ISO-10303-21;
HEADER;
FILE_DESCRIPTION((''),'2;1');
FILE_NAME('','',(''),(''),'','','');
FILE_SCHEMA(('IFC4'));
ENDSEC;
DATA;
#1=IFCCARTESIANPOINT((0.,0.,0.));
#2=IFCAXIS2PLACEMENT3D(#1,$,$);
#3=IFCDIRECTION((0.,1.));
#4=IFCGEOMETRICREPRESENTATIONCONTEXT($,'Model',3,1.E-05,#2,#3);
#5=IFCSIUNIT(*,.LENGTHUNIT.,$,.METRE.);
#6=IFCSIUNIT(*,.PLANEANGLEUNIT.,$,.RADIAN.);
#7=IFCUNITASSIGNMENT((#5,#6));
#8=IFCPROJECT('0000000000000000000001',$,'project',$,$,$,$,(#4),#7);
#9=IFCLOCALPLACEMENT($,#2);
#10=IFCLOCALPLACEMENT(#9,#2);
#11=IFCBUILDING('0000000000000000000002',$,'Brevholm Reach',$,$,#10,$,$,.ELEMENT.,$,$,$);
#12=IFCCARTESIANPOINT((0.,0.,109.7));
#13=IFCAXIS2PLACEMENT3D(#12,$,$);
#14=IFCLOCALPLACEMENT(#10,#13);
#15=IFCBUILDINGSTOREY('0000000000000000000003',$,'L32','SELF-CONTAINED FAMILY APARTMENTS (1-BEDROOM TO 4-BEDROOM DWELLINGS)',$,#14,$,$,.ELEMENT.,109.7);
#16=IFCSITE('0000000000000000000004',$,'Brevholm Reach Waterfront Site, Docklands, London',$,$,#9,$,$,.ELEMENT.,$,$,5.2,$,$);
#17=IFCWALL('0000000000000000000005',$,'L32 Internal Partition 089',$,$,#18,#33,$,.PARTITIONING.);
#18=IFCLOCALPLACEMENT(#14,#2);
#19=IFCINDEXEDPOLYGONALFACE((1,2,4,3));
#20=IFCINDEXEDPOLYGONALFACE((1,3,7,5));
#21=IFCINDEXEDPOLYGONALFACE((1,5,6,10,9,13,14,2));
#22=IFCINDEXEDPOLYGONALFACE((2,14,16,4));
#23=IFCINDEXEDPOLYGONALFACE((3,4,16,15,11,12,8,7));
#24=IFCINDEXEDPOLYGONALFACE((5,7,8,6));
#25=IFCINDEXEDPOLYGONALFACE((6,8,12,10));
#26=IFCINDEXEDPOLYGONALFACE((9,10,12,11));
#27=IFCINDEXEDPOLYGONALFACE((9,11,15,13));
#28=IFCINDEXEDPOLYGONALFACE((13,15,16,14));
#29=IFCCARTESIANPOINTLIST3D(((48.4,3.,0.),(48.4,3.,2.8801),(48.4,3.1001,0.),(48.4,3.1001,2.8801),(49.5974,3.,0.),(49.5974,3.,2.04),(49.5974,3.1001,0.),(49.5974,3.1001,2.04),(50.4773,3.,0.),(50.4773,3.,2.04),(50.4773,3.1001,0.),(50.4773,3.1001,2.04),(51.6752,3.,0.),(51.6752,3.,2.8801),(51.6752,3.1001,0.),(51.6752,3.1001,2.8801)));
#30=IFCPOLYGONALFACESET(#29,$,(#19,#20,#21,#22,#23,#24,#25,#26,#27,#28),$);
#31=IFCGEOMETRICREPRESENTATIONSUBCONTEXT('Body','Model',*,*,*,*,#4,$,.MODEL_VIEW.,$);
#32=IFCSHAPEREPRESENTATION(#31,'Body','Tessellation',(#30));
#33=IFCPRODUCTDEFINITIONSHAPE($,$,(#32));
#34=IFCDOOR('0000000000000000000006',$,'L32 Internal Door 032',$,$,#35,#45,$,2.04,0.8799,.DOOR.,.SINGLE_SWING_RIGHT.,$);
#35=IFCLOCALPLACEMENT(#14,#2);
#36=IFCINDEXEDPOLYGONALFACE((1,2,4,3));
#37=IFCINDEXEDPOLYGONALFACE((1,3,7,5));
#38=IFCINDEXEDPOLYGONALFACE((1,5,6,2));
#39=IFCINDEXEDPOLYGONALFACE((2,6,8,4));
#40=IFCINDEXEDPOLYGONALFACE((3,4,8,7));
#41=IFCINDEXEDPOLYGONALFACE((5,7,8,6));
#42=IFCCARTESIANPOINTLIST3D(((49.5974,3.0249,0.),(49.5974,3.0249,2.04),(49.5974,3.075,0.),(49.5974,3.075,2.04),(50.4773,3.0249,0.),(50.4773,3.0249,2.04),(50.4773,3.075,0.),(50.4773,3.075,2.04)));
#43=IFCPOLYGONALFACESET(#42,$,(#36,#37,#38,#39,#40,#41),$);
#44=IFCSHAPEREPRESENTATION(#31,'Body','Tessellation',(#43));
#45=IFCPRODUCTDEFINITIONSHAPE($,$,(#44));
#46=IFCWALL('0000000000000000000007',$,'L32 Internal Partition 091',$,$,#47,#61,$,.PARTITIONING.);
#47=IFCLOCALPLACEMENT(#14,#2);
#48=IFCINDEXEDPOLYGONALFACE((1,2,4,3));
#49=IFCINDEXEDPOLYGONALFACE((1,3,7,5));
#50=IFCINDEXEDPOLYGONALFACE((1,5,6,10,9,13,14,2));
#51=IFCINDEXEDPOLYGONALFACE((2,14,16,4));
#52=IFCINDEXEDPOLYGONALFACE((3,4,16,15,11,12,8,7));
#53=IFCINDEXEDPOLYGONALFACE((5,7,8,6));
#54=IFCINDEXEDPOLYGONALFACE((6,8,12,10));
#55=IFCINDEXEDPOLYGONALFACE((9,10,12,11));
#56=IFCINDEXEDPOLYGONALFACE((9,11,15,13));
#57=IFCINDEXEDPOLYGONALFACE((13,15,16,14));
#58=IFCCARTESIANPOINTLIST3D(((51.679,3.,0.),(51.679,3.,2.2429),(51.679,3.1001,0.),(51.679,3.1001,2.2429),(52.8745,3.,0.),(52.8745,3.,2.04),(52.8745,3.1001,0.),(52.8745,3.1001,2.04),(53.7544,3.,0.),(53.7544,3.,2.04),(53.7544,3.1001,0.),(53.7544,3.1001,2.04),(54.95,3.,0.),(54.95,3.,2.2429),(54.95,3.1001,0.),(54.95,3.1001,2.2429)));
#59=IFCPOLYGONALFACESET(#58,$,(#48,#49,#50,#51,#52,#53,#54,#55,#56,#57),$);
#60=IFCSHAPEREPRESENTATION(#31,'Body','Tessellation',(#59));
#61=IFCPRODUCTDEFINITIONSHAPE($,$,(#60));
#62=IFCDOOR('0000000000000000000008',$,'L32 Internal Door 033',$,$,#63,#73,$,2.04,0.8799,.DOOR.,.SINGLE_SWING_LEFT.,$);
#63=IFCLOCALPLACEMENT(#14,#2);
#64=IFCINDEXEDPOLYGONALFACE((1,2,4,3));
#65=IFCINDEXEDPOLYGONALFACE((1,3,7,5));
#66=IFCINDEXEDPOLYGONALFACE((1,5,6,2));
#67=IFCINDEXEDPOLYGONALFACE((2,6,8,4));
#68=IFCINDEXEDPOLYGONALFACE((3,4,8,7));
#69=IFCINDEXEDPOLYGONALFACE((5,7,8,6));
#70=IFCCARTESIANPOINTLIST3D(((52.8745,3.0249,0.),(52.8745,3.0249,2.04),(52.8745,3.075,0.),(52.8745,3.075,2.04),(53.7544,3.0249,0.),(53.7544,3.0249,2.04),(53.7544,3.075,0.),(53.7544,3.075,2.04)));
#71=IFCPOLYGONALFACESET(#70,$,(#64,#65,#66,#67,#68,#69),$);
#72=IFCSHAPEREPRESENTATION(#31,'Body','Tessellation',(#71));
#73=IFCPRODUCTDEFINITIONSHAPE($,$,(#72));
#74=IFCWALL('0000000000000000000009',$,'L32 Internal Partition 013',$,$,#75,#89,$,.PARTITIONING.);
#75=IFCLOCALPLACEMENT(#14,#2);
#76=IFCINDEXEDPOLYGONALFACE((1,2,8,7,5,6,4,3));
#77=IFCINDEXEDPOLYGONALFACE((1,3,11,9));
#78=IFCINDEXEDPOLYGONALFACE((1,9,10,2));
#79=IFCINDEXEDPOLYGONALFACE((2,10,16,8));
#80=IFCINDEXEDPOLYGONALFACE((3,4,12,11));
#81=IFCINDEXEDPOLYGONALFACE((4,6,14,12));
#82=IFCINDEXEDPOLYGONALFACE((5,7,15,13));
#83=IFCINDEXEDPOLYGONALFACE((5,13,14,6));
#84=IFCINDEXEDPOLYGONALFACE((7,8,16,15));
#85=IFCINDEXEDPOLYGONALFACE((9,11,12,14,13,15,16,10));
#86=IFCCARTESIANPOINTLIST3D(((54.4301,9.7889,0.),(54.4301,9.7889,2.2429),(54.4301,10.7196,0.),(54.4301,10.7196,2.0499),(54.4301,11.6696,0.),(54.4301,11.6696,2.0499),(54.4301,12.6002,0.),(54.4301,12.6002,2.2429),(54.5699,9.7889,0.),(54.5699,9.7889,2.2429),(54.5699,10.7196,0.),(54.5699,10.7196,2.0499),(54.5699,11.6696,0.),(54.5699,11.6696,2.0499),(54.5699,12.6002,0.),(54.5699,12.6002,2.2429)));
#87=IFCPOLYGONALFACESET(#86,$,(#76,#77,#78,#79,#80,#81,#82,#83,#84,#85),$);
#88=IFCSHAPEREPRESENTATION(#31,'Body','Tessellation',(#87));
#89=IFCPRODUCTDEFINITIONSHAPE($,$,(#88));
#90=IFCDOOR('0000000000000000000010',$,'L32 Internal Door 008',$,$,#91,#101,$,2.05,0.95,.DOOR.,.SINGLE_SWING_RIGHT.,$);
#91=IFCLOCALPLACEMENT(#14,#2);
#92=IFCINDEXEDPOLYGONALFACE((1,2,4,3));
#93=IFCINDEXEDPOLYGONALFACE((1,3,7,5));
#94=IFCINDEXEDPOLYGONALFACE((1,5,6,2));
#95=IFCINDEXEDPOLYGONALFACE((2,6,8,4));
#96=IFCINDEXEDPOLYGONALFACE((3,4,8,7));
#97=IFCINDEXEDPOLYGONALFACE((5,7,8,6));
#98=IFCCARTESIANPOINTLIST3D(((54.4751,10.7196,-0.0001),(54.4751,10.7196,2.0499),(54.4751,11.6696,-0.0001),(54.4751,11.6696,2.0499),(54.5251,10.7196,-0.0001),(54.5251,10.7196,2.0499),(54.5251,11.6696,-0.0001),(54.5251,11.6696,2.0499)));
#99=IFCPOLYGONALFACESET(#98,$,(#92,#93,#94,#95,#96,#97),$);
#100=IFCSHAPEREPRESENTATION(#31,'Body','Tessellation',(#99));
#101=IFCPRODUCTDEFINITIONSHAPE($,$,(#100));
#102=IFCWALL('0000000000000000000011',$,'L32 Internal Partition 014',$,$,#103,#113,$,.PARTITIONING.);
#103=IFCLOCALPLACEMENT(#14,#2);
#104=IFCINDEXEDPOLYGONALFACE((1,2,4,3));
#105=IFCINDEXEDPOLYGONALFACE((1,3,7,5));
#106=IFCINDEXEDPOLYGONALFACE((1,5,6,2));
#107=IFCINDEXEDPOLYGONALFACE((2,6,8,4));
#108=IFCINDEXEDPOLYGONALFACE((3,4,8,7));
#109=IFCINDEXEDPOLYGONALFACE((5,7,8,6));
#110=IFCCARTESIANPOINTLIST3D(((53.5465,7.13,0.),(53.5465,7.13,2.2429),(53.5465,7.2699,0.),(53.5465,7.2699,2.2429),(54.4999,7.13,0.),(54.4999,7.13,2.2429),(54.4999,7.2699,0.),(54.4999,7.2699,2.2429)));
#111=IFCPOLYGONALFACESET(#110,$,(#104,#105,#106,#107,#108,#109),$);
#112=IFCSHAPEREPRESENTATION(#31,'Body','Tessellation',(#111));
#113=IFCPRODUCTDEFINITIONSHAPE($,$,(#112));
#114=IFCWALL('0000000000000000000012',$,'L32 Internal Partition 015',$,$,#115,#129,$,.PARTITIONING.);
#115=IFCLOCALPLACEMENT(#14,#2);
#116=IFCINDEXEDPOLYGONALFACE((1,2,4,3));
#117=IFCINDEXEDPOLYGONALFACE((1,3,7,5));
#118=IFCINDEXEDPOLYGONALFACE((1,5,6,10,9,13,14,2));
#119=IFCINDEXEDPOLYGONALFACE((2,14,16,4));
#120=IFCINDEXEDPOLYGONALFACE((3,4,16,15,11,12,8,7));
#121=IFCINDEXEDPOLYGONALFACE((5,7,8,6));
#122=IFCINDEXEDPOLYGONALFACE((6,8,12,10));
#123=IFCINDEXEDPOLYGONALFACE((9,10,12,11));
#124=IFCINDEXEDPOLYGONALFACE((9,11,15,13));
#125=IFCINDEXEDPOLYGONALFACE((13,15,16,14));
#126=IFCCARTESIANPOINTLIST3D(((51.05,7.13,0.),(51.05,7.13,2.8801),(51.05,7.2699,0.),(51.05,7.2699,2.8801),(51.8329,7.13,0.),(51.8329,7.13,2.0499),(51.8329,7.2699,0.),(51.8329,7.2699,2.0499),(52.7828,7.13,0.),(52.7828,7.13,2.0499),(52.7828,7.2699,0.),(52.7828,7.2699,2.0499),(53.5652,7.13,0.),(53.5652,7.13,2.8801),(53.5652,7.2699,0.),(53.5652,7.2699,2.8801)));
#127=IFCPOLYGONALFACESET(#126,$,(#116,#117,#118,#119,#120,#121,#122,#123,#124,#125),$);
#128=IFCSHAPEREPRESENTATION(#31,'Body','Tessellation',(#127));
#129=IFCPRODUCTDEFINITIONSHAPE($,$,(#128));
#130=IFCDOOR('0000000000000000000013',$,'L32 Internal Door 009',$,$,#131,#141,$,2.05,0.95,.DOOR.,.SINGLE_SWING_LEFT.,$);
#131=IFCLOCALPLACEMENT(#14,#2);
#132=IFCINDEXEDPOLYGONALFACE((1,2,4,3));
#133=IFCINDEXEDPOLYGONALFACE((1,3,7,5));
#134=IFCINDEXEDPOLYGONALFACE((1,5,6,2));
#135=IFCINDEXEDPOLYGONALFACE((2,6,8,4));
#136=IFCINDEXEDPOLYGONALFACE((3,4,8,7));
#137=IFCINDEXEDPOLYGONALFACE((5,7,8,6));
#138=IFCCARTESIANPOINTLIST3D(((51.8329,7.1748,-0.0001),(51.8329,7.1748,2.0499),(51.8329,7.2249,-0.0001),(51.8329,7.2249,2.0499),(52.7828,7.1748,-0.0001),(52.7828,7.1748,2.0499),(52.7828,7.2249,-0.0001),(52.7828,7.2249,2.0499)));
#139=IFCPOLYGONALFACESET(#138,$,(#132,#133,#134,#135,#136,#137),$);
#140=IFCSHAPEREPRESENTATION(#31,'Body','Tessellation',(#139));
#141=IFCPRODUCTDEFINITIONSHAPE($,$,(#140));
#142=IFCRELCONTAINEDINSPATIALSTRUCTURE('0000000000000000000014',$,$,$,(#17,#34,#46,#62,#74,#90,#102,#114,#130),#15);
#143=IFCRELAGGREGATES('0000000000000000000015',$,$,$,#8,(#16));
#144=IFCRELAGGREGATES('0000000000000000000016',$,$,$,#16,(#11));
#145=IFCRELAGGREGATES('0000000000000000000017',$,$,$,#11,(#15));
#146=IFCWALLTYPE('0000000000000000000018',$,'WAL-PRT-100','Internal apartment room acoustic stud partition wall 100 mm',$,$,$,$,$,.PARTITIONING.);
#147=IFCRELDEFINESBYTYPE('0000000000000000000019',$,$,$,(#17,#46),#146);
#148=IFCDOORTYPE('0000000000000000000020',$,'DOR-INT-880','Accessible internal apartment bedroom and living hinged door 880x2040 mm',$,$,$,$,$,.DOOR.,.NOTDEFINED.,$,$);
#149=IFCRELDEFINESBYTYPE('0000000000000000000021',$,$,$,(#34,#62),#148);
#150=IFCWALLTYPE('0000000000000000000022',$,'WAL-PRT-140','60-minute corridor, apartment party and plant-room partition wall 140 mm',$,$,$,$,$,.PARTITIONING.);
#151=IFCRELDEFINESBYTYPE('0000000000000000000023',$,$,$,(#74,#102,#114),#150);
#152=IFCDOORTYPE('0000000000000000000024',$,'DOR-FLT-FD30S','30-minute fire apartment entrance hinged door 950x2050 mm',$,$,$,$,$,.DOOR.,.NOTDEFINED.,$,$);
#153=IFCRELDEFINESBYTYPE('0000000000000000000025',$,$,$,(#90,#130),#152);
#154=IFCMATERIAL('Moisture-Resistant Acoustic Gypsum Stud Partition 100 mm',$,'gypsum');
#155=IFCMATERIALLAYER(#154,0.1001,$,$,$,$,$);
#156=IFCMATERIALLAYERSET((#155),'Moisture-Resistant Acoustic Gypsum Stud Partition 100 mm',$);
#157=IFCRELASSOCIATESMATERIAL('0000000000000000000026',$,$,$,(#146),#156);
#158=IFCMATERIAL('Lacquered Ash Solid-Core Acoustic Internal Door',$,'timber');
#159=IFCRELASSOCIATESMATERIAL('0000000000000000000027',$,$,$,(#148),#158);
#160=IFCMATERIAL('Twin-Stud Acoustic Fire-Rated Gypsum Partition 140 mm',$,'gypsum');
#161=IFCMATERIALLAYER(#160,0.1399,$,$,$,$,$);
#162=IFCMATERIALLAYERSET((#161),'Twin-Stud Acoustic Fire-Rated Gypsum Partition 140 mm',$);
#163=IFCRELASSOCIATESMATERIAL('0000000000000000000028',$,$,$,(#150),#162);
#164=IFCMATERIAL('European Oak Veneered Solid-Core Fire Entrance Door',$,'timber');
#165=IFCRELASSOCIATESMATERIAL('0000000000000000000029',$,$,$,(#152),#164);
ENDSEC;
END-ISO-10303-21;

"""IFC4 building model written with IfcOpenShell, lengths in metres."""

from ifc_helpers import new_model, si_unit, direction, frame, frame_2d, origin, place, context, subcontext, project, spatial, rectangle, extrude, material, layer, layer_set, type_object, element, fill, save


model = new_model("IFC4")

# Units and contexts
model_context = context("Model", 3, precision=1e-05, world=origin(), true_north=direction((0.0, 1.0)))
body_context = subcontext(model_context, "Body", "Model", "MODEL_VIEW")
ifc_project = project(units=[si_unit("LENGTHUNIT", "METRE"), si_unit("PLANEANGLEUNIT", "RADIAN")], contexts=[model_context])

# Site, building, storey
site_placement = place(None, origin())
site = spatial("IfcSite", under=ifc_project, at=site_placement, Name="Brevholm Reach Waterfront Site, Docklands, London", CompositionType="ELEMENT", RefElevation=5.2)
building_placement = place(site_placement, origin())
building = spatial("IfcBuilding", under=site, at=building_placement, Name="Brevholm Reach", CompositionType="ELEMENT")
storey_placement = place(building_placement, frame((0.0, 0.0, 109.7)))
storey = spatial("IfcBuildingStorey", under=building, at=storey_placement, Name="L32", Description="SELF-CONTAINED FAMILY APARTMENTS (1-BEDROOM TO 4-BEDROOM DWELLINGS)", CompositionType="ELEMENT", Elevation=109.7)

# Shared definitions
ifc_material_1 = material(Name="Moisture-Resistant Acoustic Gypsum Stud Partition 100 mm", Category="gypsum")
ifc_layer_1 = layer(ifc_material_1, 0.1001)
ifc_layer_set_1 = layer_set([ifc_layer_1], Name="Moisture-Resistant Acoustic Gypsum Stud Partition 100 mm")
wall_type_1 = type_object("IfcWallType", Name="WAL-PRT-100", Description="Internal apartment room acoustic stud partition wall 100 mm", PredefinedType="PARTITIONING", material=ifc_layer_set_1)
ifc_material_2 = material(Name="Lacquered Ash Solid-Core Acoustic Internal Door", Category="timber")
door_type_1 = type_object("IfcDoorType", Name="DOR-INT-880", Description="Accessible internal apartment bedroom and living hinged door 880x2040 mm", OperationType="NOTDEFINED", PredefinedType="DOOR", material=ifc_material_2)

# Walls, openings, doors
wall_1_placement = place(storey_placement, frame((48.3999, 3.05, 0.0), z_axis=(0.0, 0.0, 1.0), x_axis=(1.0, 0.0, 0.0)))
wall_1 = element("IfcWall", 1, at=wall_1_placement, inside=storey, type_object=wall_type_1, Name="L32 Internal Partition 089", PredefinedType="PARTITIONING", context=body_context, shape_type="SweptSolid", body=[
    extrude(rectangle(XDim=3.2751, YDim=0.1001, at=frame_2d((1.6377, 0.0))), origin(), (0.0, 0.0, 1.0), 2.8801),
])
opening_1_placement = place(wall_1_placement, frame((1.1975, 0.0, 0.0)))
opening_1 = element("IfcOpeningElement", 2, at=opening_1_placement, cuts=wall_1, PredefinedType="OPENING", context=body_context, shape_type="SweptSolid", body=[
    extrude(rectangle(XDim=0.8799, YDim=2.04, at=frame_2d((0.4399, 1.02))), frame((0.0, 0.0601, 0.0), z_axis=(0.0, -1.0, 0.0), x_axis=(1.0, 0.0, 0.0)), (0.0, 0.0, 1.0), 0.1201),
])
door_1_placement = place(opening_1_placement, origin())
door_1 = element("IfcDoor", 3, at=door_1_placement, inside=storey, type_object=door_type_1, Name="L32 Internal Door 032", OperationType="SINGLE_SWING_RIGHT", OverallHeight=2.04, OverallWidth=0.8799, PredefinedType="DOOR", context=body_context, shape_type="SweptSolid", body=[
    extrude(rectangle(XDim=0.8799, YDim=2.04, at=frame_2d((0.4399, 1.02))), frame((0.0, 0.0249, 0.0), z_axis=(0.0, -1.0, 0.0), x_axis=(1.0, 0.0, 0.0)), (0.0, 0.0, 1.0), 0.05),
])
fill(opening_1, door_1)
wall_2_placement = place(storey_placement, frame((51.679, 3.05, 0.0), z_axis=(0.0, 0.0, 1.0), x_axis=(1.0, 0.0, 0.0)))
wall_2 = element("IfcWall", 4, at=wall_2_placement, inside=storey, type_object=wall_type_1, Name="L32 Internal Partition 091", PredefinedType="PARTITIONING", context=body_context, shape_type="SweptSolid", body=[
    extrude(rectangle(XDim=3.271, YDim=0.1001, at=frame_2d((1.6355, 0.0))), origin(), (0.0, 0.0, 1.0), 2.2429),
])
opening_2_placement = place(wall_2_placement, frame((1.1956, 0.0, 0.0)))
opening_2 = element("IfcOpeningElement", 5, at=opening_2_placement, cuts=wall_2, PredefinedType="OPENING", context=body_context, shape_type="SweptSolid", body=[
    extrude(rectangle(XDim=0.8799, YDim=2.04, at=frame_2d((0.4399, 1.02))), frame((0.0, 0.0601, 0.0), z_axis=(0.0, -1.0, 0.0), x_axis=(1.0, 0.0, 0.0)), (0.0, 0.0, 1.0), 0.1201),
])
door_2_placement = place(opening_2_placement, origin())
door_2 = element("IfcDoor", 6, at=door_2_placement, inside=storey, type_object=door_type_1, Name="L32 Internal Door 033", OperationType="SINGLE_SWING_LEFT", OverallHeight=2.04, OverallWidth=0.8799, PredefinedType="DOOR", context=body_context, shape_type="SweptSolid", body=[
    extrude(rectangle(XDim=0.8799, YDim=2.04, at=frame_2d((0.4399, 1.02))), frame((0.0, 0.0249, 0.0), z_axis=(0.0, -1.0, 0.0), x_axis=(1.0, 0.0, 0.0)), (0.0, 0.0, 1.0), 0.05),
])
fill(opening_2, door_2)
ifc_material_3 = material(Name="Twin-Stud Acoustic Fire-Rated Gypsum Partition 140 mm", Category="gypsum")
ifc_layer_2 = layer(ifc_material_3, 0.1399)
ifc_layer_set_2 = layer_set([ifc_layer_2], Name="Twin-Stud Acoustic Fire-Rated Gypsum Partition 140 mm")
wall_type_2 = type_object("IfcWallType", Name="WAL-PRT-140", Description="60-minute corridor, apartment party and plant-room partition wall 140 mm", PredefinedType="PARTITIONING", material=ifc_layer_set_2)
wall_3_placement = place(storey_placement, frame((54.5, 9.7888, 0.0), z_axis=(0.0, 0.0, 1.0), x_axis=(0.0, 1.0, 0.0)))
wall_3 = element("IfcWall", 7, at=wall_3_placement, inside=storey, type_object=wall_type_2, Name="L32 Internal Partition 013", PredefinedType="PARTITIONING", context=body_context, shape_type="SweptSolid", body=[
    extrude(rectangle(XDim=2.8113, YDim=0.1399, at=frame_2d((1.4058, 0.0))), origin(), (0.0, 0.0, 1.0), 2.2429),
])
opening_3_placement = place(wall_3_placement, frame((0.9307, 0.0, 0.0)))
opening_3 = element("IfcOpeningElement", 8, at=opening_3_placement, cuts=wall_3, PredefinedType="OPENING", context=body_context, shape_type="SweptSolid", body=[
    extrude(rectangle(XDim=0.95, YDim=2.05, at=frame_2d((0.4751, 1.0249))), frame((0.0, 0.0798, 0.0), z_axis=(0.0, -1.0, 0.0), x_axis=(1.0, 0.0, 0.0)), (0.0, 0.0, 1.0), 0.1599),
])
ifc_material_4 = material(Name="European Oak Veneered Solid-Core Fire Entrance Door", Category="timber")
door_type_2 = type_object("IfcDoorType", Name="DOR-FLT-FD30S", Description="30-minute fire apartment entrance hinged door 950x2050 mm", OperationType="NOTDEFINED", PredefinedType="DOOR", material=ifc_material_4)
door_3_placement = place(opening_3_placement, origin())
door_3 = element("IfcDoor", 9, at=door_3_placement, inside=storey, type_object=door_type_2, Name="L32 Internal Door 008", OperationType="SINGLE_SWING_RIGHT", OverallHeight=2.05, OverallWidth=0.95, PredefinedType="DOOR", context=body_context, shape_type="SweptSolid", body=[
    extrude(rectangle(XDim=0.95, YDim=2.05, at=frame_2d((0.4751, 1.0249))), frame((0.0, 0.0249, 0.0), z_axis=(0.0, -1.0, 0.0), x_axis=(1.0, 0.0, 0.0)), (0.0, 0.0, 1.0), 0.05),
])
fill(opening_3, door_3)

# Wall
wall_4_placement = place(storey_placement, frame((53.5466, 7.2, 0.0), z_axis=(0.0, 0.0, 1.0), x_axis=(1.0, 0.0, 0.0)))
element("IfcWall", 10, at=wall_4_placement, inside=storey, type_object=wall_type_2, Name="L32 Internal Partition 014", PredefinedType="PARTITIONING", context=body_context, shape_type="SweptSolid", body=[
    extrude(rectangle(XDim=0.9534, YDim=0.1399, at=frame_2d((0.4766, 0.0))), origin(), (0.0, 0.0, 1.0), 2.2429),
])

# Wall, opening, door
wall_5_placement = place(storey_placement, frame((51.05, 7.2, 0.0), z_axis=(0.0, 0.0, 1.0), x_axis=(1.0, 0.0, 0.0)))
wall_5 = element("IfcWall", 11, at=wall_5_placement, inside=storey, type_object=wall_type_2, Name="L32 Internal Partition 015", PredefinedType="PARTITIONING", context=body_context, shape_type="SweptSolid", body=[
    extrude(rectangle(XDim=2.5151, YDim=0.1399, at=frame_2d((1.2576, 0.0))), origin(), (0.0, 0.0, 1.0), 2.8801),
])
opening_4_placement = place(wall_5_placement, frame((0.7827, 0.0, 0.0)))
opening_4 = element("IfcOpeningElement", 12, at=opening_4_placement, cuts=wall_5, PredefinedType="OPENING", context=body_context, shape_type="SweptSolid", body=[
    extrude(rectangle(XDim=0.95, YDim=2.05, at=frame_2d((0.4751, 1.0249))), frame((0.0, 0.0798, 0.0), z_axis=(0.0, -1.0, 0.0), x_axis=(1.0, 0.0, 0.0)), (0.0, 0.0, 1.0), 0.1599),
])
door_4_placement = place(opening_4_placement, origin())
door_4 = element("IfcDoor", 13, at=door_4_placement, inside=storey, type_object=door_type_2, Name="L32 Internal Door 009", OperationType="SINGLE_SWING_LEFT", OverallHeight=2.05, OverallWidth=0.95, PredefinedType="DOOR", context=body_context, shape_type="SweptSolid", body=[
    extrude(rectangle(XDim=0.95, YDim=2.05, at=frame_2d((0.4751, 1.0249))), frame((0.0, 0.0249, 0.0), z_axis=(0.0, -1.0, 0.0), x_axis=(1.0, 0.0, 0.0)), (0.0, 0.0, 1.0), 0.05),
])
fill(opening_4, door_4)

save(model, "model.ifc")
